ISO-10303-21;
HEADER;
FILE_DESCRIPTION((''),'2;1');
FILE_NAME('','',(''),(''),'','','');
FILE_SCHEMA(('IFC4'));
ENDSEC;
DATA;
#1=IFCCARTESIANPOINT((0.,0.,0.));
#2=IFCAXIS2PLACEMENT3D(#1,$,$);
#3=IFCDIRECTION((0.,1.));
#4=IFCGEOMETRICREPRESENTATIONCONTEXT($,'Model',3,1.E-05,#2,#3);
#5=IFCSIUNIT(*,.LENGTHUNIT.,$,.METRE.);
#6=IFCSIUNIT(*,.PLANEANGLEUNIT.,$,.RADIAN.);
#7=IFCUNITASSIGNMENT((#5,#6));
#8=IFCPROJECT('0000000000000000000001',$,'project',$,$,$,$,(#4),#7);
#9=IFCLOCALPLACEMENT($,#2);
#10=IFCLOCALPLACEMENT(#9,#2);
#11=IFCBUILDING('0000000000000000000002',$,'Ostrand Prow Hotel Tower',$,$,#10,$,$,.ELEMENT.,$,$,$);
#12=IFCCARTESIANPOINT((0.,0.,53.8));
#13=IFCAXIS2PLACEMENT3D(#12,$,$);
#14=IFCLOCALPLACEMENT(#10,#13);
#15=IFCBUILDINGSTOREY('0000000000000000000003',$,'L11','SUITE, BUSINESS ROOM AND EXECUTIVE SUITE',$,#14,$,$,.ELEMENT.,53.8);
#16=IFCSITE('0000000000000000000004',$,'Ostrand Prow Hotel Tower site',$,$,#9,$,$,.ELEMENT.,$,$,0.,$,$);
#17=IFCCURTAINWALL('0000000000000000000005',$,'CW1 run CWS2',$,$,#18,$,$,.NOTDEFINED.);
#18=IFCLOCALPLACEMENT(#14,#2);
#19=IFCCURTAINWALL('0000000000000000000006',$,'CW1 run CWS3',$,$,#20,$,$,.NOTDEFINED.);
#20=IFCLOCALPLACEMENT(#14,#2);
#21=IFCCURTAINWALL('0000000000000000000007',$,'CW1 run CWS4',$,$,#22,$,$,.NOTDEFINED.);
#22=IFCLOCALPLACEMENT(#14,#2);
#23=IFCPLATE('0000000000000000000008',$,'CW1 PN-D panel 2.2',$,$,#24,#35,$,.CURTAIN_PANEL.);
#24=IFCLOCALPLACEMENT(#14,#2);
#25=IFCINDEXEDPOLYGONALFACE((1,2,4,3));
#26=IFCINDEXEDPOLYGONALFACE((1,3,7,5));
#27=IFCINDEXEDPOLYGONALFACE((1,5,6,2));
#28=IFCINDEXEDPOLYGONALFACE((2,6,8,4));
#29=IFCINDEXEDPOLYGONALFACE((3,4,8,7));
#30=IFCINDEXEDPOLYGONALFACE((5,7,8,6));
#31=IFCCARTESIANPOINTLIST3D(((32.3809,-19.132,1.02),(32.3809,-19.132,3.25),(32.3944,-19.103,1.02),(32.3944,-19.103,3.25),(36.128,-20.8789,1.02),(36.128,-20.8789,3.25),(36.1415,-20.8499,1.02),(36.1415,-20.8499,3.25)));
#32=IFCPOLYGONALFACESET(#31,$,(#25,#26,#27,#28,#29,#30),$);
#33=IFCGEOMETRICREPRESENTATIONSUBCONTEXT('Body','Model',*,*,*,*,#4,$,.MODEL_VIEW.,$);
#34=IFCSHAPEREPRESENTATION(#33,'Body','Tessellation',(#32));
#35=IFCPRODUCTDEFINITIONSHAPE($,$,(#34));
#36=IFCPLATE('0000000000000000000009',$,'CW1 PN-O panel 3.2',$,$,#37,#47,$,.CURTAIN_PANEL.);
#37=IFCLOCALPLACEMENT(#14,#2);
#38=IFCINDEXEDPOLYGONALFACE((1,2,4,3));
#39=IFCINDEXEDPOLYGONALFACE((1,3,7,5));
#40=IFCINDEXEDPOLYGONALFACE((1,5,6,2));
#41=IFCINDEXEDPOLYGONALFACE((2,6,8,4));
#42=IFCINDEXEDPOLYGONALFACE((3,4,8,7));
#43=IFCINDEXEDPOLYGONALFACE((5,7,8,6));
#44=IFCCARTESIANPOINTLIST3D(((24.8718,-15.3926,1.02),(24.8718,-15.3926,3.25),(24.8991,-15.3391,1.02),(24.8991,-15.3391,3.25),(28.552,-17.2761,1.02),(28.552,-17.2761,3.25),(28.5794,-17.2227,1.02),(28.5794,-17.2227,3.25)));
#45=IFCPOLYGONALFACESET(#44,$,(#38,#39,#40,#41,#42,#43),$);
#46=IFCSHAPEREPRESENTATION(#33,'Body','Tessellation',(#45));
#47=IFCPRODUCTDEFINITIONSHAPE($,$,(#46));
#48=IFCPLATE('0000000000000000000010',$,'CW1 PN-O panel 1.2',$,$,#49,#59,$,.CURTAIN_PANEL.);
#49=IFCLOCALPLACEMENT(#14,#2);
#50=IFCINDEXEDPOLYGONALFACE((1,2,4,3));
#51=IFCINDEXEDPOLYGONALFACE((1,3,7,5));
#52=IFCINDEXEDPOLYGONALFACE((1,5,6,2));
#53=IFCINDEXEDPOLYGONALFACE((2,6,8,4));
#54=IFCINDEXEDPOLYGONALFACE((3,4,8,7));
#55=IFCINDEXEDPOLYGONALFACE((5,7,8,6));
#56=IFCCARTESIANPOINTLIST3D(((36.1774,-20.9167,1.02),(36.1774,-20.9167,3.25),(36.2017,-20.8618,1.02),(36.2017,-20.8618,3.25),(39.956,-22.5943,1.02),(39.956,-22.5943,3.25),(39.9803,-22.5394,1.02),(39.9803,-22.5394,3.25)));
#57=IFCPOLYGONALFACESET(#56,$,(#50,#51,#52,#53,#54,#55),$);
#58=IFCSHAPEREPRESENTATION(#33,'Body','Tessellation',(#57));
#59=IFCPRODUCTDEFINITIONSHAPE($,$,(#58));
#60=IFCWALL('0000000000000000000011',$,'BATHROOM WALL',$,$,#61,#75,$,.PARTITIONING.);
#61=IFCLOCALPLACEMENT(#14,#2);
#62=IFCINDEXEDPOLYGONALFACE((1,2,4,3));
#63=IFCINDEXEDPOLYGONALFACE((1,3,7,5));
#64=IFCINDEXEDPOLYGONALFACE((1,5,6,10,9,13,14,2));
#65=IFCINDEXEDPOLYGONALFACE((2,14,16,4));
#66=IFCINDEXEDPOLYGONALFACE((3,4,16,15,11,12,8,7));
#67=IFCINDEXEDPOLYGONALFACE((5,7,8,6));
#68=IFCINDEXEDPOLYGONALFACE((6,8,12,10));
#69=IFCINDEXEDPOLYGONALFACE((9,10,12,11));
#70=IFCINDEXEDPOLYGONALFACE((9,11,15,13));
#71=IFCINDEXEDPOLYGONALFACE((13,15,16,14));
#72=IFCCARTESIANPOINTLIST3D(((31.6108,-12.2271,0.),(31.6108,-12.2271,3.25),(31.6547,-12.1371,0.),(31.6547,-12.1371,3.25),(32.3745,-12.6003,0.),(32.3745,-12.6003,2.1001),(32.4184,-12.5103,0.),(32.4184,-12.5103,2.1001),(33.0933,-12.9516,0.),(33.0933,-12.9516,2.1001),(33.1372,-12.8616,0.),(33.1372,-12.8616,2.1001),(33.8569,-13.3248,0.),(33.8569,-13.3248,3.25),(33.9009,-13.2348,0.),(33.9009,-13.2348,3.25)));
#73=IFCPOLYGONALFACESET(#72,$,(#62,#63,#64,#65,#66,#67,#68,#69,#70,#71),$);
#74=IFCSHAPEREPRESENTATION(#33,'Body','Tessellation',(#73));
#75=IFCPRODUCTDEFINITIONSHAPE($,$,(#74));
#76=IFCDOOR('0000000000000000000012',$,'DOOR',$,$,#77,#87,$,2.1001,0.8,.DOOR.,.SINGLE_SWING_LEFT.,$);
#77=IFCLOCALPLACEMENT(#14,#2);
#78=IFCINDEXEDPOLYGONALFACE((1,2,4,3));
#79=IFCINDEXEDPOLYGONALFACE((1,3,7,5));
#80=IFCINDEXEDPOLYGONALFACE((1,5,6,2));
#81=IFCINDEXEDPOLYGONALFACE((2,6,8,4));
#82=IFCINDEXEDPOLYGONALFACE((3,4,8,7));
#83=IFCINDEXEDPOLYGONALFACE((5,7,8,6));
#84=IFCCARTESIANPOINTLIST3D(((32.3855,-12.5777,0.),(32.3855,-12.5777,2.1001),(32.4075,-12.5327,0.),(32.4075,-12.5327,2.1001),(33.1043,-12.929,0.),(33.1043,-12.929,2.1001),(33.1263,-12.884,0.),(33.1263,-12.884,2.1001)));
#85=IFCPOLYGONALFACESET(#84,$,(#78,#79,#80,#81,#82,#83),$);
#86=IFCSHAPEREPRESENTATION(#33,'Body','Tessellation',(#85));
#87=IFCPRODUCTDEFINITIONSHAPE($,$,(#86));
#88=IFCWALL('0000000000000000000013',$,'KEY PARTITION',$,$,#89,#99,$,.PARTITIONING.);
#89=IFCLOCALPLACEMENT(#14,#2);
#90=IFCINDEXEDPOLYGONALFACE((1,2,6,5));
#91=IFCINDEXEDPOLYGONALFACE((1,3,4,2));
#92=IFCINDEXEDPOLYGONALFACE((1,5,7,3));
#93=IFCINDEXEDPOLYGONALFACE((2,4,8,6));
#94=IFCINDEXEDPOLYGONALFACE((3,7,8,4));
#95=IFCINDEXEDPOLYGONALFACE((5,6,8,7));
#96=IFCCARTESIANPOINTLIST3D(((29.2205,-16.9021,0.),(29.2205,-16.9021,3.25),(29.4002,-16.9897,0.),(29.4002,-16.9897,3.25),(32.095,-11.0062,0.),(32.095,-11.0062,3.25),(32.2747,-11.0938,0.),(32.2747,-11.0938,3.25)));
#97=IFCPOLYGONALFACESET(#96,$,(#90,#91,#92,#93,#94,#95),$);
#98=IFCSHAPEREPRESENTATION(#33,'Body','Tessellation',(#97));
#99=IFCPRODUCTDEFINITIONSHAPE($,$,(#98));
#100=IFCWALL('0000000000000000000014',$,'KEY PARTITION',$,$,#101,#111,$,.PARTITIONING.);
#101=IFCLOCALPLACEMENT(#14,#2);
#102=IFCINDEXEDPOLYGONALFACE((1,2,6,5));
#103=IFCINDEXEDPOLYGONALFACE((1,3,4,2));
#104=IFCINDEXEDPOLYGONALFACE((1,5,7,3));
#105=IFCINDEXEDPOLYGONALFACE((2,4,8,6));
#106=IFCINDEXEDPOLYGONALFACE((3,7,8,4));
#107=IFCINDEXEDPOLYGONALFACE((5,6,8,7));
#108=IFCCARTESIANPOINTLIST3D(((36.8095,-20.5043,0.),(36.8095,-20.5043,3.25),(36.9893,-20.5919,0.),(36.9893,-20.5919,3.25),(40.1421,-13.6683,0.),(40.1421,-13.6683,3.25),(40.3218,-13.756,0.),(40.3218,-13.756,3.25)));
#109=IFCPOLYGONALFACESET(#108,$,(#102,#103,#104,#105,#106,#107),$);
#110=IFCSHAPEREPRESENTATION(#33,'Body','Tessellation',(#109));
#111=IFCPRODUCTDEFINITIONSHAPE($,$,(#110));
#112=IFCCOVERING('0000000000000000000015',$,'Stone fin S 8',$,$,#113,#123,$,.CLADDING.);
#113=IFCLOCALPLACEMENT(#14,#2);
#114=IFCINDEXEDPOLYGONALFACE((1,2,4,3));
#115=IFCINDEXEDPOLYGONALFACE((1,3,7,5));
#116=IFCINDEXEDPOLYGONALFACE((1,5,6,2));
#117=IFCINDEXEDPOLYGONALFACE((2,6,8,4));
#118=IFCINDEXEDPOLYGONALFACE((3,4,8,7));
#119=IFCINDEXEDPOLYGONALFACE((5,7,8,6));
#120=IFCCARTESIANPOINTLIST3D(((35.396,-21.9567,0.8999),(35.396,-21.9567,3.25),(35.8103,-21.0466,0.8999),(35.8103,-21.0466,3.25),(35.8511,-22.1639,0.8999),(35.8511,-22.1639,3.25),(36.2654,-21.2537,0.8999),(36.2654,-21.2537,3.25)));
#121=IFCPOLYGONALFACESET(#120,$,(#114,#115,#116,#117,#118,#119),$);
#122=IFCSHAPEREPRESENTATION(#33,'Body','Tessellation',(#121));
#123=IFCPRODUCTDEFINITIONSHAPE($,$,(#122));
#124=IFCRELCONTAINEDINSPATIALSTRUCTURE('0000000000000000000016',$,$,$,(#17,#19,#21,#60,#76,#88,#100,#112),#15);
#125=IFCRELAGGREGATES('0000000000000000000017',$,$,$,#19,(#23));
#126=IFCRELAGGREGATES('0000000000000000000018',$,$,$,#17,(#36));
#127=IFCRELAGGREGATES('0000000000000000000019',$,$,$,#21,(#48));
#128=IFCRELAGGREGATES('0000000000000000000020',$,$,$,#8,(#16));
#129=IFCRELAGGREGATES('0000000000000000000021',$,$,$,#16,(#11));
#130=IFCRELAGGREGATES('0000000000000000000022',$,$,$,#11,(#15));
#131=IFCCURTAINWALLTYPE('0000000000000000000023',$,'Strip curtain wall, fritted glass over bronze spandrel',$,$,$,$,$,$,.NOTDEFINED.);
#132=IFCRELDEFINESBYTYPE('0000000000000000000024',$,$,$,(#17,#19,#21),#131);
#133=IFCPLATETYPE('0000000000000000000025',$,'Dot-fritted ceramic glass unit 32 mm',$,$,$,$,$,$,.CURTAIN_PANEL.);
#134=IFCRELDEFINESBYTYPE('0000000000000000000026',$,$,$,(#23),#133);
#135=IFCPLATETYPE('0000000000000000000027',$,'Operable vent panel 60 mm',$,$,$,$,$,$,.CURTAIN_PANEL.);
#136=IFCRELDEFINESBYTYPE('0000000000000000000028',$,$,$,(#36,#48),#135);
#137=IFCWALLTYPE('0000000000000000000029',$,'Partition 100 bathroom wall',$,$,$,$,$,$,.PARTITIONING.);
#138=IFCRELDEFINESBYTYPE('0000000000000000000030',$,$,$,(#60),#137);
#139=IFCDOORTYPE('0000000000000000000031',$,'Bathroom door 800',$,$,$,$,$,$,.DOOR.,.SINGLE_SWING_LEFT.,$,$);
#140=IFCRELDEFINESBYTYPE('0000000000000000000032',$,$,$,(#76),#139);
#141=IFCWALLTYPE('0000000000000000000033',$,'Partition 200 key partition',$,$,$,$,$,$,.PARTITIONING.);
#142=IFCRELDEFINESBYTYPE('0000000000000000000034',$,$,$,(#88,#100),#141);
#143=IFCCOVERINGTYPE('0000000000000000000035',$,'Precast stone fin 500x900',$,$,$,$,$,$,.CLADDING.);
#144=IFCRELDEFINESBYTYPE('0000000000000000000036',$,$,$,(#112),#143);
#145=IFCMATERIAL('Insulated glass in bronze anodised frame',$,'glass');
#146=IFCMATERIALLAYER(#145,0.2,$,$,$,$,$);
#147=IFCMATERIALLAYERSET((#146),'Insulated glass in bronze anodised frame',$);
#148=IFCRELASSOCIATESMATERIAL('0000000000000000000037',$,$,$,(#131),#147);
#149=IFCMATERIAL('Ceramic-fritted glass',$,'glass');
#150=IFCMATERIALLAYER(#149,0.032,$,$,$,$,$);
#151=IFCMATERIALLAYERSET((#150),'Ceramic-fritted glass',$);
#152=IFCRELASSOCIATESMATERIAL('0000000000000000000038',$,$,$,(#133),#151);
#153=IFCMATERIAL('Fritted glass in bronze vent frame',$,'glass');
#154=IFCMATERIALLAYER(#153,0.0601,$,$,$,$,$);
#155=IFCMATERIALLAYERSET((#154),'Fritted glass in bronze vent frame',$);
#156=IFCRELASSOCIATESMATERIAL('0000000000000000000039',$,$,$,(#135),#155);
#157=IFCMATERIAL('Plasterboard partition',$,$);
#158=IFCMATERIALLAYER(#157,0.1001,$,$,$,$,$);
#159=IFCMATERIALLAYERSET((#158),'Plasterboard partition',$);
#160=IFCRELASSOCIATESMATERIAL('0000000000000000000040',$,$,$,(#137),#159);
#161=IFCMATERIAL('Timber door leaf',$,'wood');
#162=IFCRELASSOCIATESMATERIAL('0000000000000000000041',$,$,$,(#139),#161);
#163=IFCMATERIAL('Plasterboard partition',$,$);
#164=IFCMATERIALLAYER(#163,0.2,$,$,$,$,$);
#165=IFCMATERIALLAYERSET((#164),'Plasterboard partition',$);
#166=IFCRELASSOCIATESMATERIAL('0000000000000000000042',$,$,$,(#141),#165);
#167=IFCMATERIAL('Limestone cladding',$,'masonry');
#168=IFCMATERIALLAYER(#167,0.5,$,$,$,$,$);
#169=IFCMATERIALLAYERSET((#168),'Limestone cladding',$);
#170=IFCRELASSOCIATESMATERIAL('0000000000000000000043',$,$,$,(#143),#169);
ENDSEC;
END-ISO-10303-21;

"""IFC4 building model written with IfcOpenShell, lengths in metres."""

from ifc_helpers import new_model, si_unit, direction, frame, frame_2d, origin, origin_2d, place, context, subcontext, project, spatial, rectangle, extrude, material, layer, layer_set, type_object, element, fill, aggregate, save


model = new_model("IFC4")

# Units and contexts
model_context = context("Model", 3, precision=1e-05, world=origin(), true_north=direction((0.0, 1.0)))
body_context = subcontext(model_context, "Body", "Model", "MODEL_VIEW")
ifc_project = project(units=[si_unit("LENGTHUNIT", "METRE"), si_unit("PLANEANGLEUNIT", "RADIAN")], contexts=[model_context])

# Site, building, storey
site_placement = place(None, origin())
site = spatial("IfcSite", under=ifc_project, at=site_placement, Name="Ostrand Prow Hotel Tower site", CompositionType="ELEMENT", RefElevation=0.0)
building_placement = place(site_placement, origin())
building = spatial("IfcBuilding", under=site, at=building_placement, Name="Ostrand Prow Hotel Tower", CompositionType="ELEMENT")
storey_placement = place(building_placement, frame((0.0, 0.0, 53.8)))
storey = spatial("IfcBuildingStorey", under=building, at=storey_placement, Name="L11", Description="SUITE, BUSINESS ROOM AND EXECUTIVE SUITE", CompositionType="ELEMENT", Elevation=53.8)

# Curtain wall
ifc_material_1 = material(Name="Insulated glass in bronze anodised frame", Category="glass")
ifc_layer_1 = layer(ifc_material_1, 0.2)
ifc_layer_set_1 = layer_set([ifc_layer_1], Name="Insulated glass in bronze anodised frame")
curtain_wall_type = type_object("IfcCurtainWallType", Name="Strip curtain wall, fritted glass over bronze spandrel", PredefinedType="NOTDEFINED", material=ifc_layer_set_1)
curtain_wall_1_placement = place(storey_placement, origin())
curtain_wall_1 = element("IfcCurtainWall", 1, at=curtain_wall_1_placement, inside=storey, type_object=curtain_wall_type, Name="CW1 run CWS2", PredefinedType="NOTDEFINED")

# Curtain wall
curtain_wall_2_placement = place(storey_placement, origin())
curtain_wall_2 = element("IfcCurtainWall", 2, at=curtain_wall_2_placement, inside=storey, type_object=curtain_wall_type, Name="CW1 run CWS3", PredefinedType="NOTDEFINED")

# Curtain wall
curtain_wall_3_placement = place(storey_placement, origin())
curtain_wall_3 = element("IfcCurtainWall", 3, at=curtain_wall_3_placement, inside=storey, type_object=curtain_wall_type, Name="CW1 run CWS4", PredefinedType="NOTDEFINED")

# Plates
ifc_material_2 = material(Name="Ceramic-fritted glass", Category="glass")
ifc_layer_2 = layer(ifc_material_2, 0.032)
ifc_layer_set_2 = layer_set([ifc_layer_2], Name="Ceramic-fritted glass")
plate_type_1 = type_object("IfcPlateType", Name="Dot-fritted ceramic glass unit 32 mm", PredefinedType="CURTAIN_PANEL", material=ifc_layer_set_2)
plate_1_placement = place(storey_placement, frame((34.2612, -19.991, 1.02), z_axis=(0.0, 0.0, 1.0), x_axis=(0.906349, -0.42253, 0.0)))
plate_1 = element("IfcPlate", 4, at=plate_1_placement, type_object=plate_type_1, Name="CW1 PN-D panel 2.2", PredefinedType="CURTAIN_PANEL", context=body_context, shape_type="SweptSolid", body=[
    extrude(rectangle(XDim=4.1343, YDim=0.032, at=origin_2d()), origin(), (0.0, 0.0, 1.0), 2.23),
])
aggregate(curtain_wall_2, [plate_1])
ifc_material_3 = material(Name="Fritted glass in bronze vent frame", Category="glass")
ifc_layer_3 = layer(ifc_material_3, 0.0601)
ifc_layer_set_3 = layer_set([ifc_layer_3], Name="Fritted glass in bronze vent frame")
plate_type_2 = type_object("IfcPlateType", Name="Operable vent panel 60 mm", PredefinedType="CURTAIN_PANEL", material=ifc_layer_set_3)
plate_2_placement = place(storey_placement, frame((26.7256, -16.3076, 1.02), z_axis=(0.0, 0.0, 1.0), x_axis=(0.890187, -0.455596, 0.0)))
plate_2 = element("IfcPlate", 5, at=plate_2_placement, type_object=plate_type_2, Name="CW1 PN-O panel 3.2", PredefinedType="CURTAIN_PANEL", context=body_context, shape_type="SweptSolid", body=[
    extrude(rectangle(XDim=4.1343, YDim=0.0601, at=origin_2d()), origin(), (0.0, 0.0, 1.0), 2.23),
])
aggregate(curtain_wall_1, [plate_2])
plate_3_placement = place(storey_placement, frame((38.0789, -21.728, 1.02), z_axis=(0.0, 0.0, 1.0), x_axis=(0.913971, -0.40578, 0.0)))
plate_3 = element("IfcPlate", 6, at=plate_3_placement, type_object=plate_type_2, Name="CW1 PN-O panel 1.2", PredefinedType="CURTAIN_PANEL", context=body_context, shape_type="SweptSolid", body=[
    extrude(rectangle(XDim=4.1343, YDim=0.0601, at=origin_2d()), origin(), (0.0, 0.0, 1.0), 2.23),
])
aggregate(curtain_wall_3, [plate_3])

# Wall, opening, door
ifc_material_4 = material(Name="Plasterboard partition")
ifc_layer_4 = layer(ifc_material_4, 0.1001)
ifc_layer_set_4 = layer_set([ifc_layer_4], Name="Plasterboard partition")
wall_type_1 = type_object("IfcWallType", Name="Partition 100 bathroom wall", PredefinedType="PARTITIONING", material=ifc_layer_set_4)
wall_1_placement = place(storey_placement, frame((33.8789, -13.2798, 0.0), z_axis=(0.0, 0.0, 1.0), x_axis=(-0.898453, 0.43907, 0.0)))
wall_1 = element("IfcWall", 7, at=wall_1_placement, inside=storey, type_object=wall_type_1, Name="BATHROOM WALL", PredefinedType="PARTITIONING", context=body_context, shape_type="SweptSolid", body=[
    extrude(rectangle(XDim=2.5, YDim=0.1001, at=frame_2d((1.25, 0.0))), origin(), (0.0, 0.0, 1.0), 3.25),
])
opening_placement = place(wall_1_placement, frame((0.8501, 0.0, 0.0)))
opening = element("IfcOpeningElement", 8, at=opening_placement, cuts=wall_1, PredefinedType="OPENING", context=body_context, shape_type="SweptSolid", body=[
    extrude(rectangle(XDim=0.8, YDim=2.1001, at=frame_2d((0.3999, 1.05))), frame((0.0, 0.0601, 0.0), z_axis=(0.0, -1.0, 0.0), x_axis=(1.0, 0.0, 0.0)), (0.0, 0.0, 1.0), 0.1201),
])
ifc_material_5 = material(Name="Timber door leaf", Category="wood")
door_type = type_object("IfcDoorType", Name="Bathroom door 800", OperationType="SINGLE_SWING_LEFT", PredefinedType="DOOR", material=ifc_material_5)
door_placement = place(opening_placement, origin())
door = element("IfcDoor", 9, at=door_placement, inside=storey, type_object=door_type, Name="DOOR", OperationType="SINGLE_SWING_LEFT", OverallHeight=2.1001, OverallWidth=0.8, PredefinedType="DOOR", context=body_context, shape_type="SweptSolid", body=[
    extrude(rectangle(XDim=0.8, YDim=2.1001, at=frame_2d((0.3999, 1.05))), frame((0.0, 0.0249, 0.0), z_axis=(0.0, -1.0, 0.0), x_axis=(1.0, 0.0, 0.0)), (0.0, 0.0, 1.0), 0.05),
])
fill(opening, door)

# Walls
ifc_material_6 = material(Name="Plasterboard partition")
ifc_layer_5 = layer(ifc_material_6, 0.2)
ifc_layer_set_5 = layer_set([ifc_layer_5], Name="Plasterboard partition")
wall_type_2 = type_object("IfcWallType", Name="Partition 200 key partition", PredefinedType="PARTITIONING", material=ifc_layer_set_5)
wall_2_placement = place(storey_placement, frame((29.3103, -16.946, 0.0), z_axis=(0.0, 0.0, 1.0), x_axis=(0.438229, 0.898864, 0.0)))
element("IfcWall", 10, at=wall_2_placement, inside=storey, type_object=wall_type_2, Name="KEY PARTITION", PredefinedType="PARTITIONING", context=body_context, shape_type="SweptSolid", body=[
    extrude(rectangle(XDim=6.5593, YDim=0.2, at=frame_2d((3.2798, 0.0))), origin(), (0.0, 0.0, 1.0), 3.25),
])
wall_3_placement = place(storey_placement, frame((36.8994, -20.5481, 0.0), z_axis=(0.0, 0.0, 1.0), x_axis=(0.438202, 0.898876, 0.0)))
element("IfcWall", 11, at=wall_3_placement, inside=storey, type_object=wall_type_2, Name="KEY PARTITION", PredefinedType="PARTITIONING", context=body_context, shape_type="SweptSolid", body=[
    extrude(rectangle(XDim=7.605, YDim=0.2, at=frame_2d((3.8025, 0.0))), origin(), (0.0, 0.0, 1.0), 3.25),
])

# Covering
ifc_material_7 = material(Name="Limestone cladding", Category="masonry")
ifc_layer_6 = layer(ifc_material_7, 0.5)
ifc_layer_set_6 = layer_set([ifc_layer_6], Name="Limestone cladding")
covering_type = type_object("IfcCoveringType", Name="Precast stone fin 500x900", PredefinedType="CLADDING", material=ifc_layer_set_6)
covering_placement = place(storey_placement, frame((36.0378, -21.1501, 0.8999), z_axis=(0.0, 0.0, 1.0), x_axis=(-0.4143, -0.910141, 0.0)))
element("IfcCovering", 12, at=covering_placement, inside=storey, type_object=covering_type, Name="Stone fin S 8", PredefinedType="CLADDING", context=body_context, shape_type="SweptSolid", body=[
    extrude(rectangle(XDim=1.0, YDim=0.5, at=frame_2d((0.5, 0.0))), origin(), (0.0, 0.0, 1.0), 2.3501),
])

save(model, "model.ifc")
